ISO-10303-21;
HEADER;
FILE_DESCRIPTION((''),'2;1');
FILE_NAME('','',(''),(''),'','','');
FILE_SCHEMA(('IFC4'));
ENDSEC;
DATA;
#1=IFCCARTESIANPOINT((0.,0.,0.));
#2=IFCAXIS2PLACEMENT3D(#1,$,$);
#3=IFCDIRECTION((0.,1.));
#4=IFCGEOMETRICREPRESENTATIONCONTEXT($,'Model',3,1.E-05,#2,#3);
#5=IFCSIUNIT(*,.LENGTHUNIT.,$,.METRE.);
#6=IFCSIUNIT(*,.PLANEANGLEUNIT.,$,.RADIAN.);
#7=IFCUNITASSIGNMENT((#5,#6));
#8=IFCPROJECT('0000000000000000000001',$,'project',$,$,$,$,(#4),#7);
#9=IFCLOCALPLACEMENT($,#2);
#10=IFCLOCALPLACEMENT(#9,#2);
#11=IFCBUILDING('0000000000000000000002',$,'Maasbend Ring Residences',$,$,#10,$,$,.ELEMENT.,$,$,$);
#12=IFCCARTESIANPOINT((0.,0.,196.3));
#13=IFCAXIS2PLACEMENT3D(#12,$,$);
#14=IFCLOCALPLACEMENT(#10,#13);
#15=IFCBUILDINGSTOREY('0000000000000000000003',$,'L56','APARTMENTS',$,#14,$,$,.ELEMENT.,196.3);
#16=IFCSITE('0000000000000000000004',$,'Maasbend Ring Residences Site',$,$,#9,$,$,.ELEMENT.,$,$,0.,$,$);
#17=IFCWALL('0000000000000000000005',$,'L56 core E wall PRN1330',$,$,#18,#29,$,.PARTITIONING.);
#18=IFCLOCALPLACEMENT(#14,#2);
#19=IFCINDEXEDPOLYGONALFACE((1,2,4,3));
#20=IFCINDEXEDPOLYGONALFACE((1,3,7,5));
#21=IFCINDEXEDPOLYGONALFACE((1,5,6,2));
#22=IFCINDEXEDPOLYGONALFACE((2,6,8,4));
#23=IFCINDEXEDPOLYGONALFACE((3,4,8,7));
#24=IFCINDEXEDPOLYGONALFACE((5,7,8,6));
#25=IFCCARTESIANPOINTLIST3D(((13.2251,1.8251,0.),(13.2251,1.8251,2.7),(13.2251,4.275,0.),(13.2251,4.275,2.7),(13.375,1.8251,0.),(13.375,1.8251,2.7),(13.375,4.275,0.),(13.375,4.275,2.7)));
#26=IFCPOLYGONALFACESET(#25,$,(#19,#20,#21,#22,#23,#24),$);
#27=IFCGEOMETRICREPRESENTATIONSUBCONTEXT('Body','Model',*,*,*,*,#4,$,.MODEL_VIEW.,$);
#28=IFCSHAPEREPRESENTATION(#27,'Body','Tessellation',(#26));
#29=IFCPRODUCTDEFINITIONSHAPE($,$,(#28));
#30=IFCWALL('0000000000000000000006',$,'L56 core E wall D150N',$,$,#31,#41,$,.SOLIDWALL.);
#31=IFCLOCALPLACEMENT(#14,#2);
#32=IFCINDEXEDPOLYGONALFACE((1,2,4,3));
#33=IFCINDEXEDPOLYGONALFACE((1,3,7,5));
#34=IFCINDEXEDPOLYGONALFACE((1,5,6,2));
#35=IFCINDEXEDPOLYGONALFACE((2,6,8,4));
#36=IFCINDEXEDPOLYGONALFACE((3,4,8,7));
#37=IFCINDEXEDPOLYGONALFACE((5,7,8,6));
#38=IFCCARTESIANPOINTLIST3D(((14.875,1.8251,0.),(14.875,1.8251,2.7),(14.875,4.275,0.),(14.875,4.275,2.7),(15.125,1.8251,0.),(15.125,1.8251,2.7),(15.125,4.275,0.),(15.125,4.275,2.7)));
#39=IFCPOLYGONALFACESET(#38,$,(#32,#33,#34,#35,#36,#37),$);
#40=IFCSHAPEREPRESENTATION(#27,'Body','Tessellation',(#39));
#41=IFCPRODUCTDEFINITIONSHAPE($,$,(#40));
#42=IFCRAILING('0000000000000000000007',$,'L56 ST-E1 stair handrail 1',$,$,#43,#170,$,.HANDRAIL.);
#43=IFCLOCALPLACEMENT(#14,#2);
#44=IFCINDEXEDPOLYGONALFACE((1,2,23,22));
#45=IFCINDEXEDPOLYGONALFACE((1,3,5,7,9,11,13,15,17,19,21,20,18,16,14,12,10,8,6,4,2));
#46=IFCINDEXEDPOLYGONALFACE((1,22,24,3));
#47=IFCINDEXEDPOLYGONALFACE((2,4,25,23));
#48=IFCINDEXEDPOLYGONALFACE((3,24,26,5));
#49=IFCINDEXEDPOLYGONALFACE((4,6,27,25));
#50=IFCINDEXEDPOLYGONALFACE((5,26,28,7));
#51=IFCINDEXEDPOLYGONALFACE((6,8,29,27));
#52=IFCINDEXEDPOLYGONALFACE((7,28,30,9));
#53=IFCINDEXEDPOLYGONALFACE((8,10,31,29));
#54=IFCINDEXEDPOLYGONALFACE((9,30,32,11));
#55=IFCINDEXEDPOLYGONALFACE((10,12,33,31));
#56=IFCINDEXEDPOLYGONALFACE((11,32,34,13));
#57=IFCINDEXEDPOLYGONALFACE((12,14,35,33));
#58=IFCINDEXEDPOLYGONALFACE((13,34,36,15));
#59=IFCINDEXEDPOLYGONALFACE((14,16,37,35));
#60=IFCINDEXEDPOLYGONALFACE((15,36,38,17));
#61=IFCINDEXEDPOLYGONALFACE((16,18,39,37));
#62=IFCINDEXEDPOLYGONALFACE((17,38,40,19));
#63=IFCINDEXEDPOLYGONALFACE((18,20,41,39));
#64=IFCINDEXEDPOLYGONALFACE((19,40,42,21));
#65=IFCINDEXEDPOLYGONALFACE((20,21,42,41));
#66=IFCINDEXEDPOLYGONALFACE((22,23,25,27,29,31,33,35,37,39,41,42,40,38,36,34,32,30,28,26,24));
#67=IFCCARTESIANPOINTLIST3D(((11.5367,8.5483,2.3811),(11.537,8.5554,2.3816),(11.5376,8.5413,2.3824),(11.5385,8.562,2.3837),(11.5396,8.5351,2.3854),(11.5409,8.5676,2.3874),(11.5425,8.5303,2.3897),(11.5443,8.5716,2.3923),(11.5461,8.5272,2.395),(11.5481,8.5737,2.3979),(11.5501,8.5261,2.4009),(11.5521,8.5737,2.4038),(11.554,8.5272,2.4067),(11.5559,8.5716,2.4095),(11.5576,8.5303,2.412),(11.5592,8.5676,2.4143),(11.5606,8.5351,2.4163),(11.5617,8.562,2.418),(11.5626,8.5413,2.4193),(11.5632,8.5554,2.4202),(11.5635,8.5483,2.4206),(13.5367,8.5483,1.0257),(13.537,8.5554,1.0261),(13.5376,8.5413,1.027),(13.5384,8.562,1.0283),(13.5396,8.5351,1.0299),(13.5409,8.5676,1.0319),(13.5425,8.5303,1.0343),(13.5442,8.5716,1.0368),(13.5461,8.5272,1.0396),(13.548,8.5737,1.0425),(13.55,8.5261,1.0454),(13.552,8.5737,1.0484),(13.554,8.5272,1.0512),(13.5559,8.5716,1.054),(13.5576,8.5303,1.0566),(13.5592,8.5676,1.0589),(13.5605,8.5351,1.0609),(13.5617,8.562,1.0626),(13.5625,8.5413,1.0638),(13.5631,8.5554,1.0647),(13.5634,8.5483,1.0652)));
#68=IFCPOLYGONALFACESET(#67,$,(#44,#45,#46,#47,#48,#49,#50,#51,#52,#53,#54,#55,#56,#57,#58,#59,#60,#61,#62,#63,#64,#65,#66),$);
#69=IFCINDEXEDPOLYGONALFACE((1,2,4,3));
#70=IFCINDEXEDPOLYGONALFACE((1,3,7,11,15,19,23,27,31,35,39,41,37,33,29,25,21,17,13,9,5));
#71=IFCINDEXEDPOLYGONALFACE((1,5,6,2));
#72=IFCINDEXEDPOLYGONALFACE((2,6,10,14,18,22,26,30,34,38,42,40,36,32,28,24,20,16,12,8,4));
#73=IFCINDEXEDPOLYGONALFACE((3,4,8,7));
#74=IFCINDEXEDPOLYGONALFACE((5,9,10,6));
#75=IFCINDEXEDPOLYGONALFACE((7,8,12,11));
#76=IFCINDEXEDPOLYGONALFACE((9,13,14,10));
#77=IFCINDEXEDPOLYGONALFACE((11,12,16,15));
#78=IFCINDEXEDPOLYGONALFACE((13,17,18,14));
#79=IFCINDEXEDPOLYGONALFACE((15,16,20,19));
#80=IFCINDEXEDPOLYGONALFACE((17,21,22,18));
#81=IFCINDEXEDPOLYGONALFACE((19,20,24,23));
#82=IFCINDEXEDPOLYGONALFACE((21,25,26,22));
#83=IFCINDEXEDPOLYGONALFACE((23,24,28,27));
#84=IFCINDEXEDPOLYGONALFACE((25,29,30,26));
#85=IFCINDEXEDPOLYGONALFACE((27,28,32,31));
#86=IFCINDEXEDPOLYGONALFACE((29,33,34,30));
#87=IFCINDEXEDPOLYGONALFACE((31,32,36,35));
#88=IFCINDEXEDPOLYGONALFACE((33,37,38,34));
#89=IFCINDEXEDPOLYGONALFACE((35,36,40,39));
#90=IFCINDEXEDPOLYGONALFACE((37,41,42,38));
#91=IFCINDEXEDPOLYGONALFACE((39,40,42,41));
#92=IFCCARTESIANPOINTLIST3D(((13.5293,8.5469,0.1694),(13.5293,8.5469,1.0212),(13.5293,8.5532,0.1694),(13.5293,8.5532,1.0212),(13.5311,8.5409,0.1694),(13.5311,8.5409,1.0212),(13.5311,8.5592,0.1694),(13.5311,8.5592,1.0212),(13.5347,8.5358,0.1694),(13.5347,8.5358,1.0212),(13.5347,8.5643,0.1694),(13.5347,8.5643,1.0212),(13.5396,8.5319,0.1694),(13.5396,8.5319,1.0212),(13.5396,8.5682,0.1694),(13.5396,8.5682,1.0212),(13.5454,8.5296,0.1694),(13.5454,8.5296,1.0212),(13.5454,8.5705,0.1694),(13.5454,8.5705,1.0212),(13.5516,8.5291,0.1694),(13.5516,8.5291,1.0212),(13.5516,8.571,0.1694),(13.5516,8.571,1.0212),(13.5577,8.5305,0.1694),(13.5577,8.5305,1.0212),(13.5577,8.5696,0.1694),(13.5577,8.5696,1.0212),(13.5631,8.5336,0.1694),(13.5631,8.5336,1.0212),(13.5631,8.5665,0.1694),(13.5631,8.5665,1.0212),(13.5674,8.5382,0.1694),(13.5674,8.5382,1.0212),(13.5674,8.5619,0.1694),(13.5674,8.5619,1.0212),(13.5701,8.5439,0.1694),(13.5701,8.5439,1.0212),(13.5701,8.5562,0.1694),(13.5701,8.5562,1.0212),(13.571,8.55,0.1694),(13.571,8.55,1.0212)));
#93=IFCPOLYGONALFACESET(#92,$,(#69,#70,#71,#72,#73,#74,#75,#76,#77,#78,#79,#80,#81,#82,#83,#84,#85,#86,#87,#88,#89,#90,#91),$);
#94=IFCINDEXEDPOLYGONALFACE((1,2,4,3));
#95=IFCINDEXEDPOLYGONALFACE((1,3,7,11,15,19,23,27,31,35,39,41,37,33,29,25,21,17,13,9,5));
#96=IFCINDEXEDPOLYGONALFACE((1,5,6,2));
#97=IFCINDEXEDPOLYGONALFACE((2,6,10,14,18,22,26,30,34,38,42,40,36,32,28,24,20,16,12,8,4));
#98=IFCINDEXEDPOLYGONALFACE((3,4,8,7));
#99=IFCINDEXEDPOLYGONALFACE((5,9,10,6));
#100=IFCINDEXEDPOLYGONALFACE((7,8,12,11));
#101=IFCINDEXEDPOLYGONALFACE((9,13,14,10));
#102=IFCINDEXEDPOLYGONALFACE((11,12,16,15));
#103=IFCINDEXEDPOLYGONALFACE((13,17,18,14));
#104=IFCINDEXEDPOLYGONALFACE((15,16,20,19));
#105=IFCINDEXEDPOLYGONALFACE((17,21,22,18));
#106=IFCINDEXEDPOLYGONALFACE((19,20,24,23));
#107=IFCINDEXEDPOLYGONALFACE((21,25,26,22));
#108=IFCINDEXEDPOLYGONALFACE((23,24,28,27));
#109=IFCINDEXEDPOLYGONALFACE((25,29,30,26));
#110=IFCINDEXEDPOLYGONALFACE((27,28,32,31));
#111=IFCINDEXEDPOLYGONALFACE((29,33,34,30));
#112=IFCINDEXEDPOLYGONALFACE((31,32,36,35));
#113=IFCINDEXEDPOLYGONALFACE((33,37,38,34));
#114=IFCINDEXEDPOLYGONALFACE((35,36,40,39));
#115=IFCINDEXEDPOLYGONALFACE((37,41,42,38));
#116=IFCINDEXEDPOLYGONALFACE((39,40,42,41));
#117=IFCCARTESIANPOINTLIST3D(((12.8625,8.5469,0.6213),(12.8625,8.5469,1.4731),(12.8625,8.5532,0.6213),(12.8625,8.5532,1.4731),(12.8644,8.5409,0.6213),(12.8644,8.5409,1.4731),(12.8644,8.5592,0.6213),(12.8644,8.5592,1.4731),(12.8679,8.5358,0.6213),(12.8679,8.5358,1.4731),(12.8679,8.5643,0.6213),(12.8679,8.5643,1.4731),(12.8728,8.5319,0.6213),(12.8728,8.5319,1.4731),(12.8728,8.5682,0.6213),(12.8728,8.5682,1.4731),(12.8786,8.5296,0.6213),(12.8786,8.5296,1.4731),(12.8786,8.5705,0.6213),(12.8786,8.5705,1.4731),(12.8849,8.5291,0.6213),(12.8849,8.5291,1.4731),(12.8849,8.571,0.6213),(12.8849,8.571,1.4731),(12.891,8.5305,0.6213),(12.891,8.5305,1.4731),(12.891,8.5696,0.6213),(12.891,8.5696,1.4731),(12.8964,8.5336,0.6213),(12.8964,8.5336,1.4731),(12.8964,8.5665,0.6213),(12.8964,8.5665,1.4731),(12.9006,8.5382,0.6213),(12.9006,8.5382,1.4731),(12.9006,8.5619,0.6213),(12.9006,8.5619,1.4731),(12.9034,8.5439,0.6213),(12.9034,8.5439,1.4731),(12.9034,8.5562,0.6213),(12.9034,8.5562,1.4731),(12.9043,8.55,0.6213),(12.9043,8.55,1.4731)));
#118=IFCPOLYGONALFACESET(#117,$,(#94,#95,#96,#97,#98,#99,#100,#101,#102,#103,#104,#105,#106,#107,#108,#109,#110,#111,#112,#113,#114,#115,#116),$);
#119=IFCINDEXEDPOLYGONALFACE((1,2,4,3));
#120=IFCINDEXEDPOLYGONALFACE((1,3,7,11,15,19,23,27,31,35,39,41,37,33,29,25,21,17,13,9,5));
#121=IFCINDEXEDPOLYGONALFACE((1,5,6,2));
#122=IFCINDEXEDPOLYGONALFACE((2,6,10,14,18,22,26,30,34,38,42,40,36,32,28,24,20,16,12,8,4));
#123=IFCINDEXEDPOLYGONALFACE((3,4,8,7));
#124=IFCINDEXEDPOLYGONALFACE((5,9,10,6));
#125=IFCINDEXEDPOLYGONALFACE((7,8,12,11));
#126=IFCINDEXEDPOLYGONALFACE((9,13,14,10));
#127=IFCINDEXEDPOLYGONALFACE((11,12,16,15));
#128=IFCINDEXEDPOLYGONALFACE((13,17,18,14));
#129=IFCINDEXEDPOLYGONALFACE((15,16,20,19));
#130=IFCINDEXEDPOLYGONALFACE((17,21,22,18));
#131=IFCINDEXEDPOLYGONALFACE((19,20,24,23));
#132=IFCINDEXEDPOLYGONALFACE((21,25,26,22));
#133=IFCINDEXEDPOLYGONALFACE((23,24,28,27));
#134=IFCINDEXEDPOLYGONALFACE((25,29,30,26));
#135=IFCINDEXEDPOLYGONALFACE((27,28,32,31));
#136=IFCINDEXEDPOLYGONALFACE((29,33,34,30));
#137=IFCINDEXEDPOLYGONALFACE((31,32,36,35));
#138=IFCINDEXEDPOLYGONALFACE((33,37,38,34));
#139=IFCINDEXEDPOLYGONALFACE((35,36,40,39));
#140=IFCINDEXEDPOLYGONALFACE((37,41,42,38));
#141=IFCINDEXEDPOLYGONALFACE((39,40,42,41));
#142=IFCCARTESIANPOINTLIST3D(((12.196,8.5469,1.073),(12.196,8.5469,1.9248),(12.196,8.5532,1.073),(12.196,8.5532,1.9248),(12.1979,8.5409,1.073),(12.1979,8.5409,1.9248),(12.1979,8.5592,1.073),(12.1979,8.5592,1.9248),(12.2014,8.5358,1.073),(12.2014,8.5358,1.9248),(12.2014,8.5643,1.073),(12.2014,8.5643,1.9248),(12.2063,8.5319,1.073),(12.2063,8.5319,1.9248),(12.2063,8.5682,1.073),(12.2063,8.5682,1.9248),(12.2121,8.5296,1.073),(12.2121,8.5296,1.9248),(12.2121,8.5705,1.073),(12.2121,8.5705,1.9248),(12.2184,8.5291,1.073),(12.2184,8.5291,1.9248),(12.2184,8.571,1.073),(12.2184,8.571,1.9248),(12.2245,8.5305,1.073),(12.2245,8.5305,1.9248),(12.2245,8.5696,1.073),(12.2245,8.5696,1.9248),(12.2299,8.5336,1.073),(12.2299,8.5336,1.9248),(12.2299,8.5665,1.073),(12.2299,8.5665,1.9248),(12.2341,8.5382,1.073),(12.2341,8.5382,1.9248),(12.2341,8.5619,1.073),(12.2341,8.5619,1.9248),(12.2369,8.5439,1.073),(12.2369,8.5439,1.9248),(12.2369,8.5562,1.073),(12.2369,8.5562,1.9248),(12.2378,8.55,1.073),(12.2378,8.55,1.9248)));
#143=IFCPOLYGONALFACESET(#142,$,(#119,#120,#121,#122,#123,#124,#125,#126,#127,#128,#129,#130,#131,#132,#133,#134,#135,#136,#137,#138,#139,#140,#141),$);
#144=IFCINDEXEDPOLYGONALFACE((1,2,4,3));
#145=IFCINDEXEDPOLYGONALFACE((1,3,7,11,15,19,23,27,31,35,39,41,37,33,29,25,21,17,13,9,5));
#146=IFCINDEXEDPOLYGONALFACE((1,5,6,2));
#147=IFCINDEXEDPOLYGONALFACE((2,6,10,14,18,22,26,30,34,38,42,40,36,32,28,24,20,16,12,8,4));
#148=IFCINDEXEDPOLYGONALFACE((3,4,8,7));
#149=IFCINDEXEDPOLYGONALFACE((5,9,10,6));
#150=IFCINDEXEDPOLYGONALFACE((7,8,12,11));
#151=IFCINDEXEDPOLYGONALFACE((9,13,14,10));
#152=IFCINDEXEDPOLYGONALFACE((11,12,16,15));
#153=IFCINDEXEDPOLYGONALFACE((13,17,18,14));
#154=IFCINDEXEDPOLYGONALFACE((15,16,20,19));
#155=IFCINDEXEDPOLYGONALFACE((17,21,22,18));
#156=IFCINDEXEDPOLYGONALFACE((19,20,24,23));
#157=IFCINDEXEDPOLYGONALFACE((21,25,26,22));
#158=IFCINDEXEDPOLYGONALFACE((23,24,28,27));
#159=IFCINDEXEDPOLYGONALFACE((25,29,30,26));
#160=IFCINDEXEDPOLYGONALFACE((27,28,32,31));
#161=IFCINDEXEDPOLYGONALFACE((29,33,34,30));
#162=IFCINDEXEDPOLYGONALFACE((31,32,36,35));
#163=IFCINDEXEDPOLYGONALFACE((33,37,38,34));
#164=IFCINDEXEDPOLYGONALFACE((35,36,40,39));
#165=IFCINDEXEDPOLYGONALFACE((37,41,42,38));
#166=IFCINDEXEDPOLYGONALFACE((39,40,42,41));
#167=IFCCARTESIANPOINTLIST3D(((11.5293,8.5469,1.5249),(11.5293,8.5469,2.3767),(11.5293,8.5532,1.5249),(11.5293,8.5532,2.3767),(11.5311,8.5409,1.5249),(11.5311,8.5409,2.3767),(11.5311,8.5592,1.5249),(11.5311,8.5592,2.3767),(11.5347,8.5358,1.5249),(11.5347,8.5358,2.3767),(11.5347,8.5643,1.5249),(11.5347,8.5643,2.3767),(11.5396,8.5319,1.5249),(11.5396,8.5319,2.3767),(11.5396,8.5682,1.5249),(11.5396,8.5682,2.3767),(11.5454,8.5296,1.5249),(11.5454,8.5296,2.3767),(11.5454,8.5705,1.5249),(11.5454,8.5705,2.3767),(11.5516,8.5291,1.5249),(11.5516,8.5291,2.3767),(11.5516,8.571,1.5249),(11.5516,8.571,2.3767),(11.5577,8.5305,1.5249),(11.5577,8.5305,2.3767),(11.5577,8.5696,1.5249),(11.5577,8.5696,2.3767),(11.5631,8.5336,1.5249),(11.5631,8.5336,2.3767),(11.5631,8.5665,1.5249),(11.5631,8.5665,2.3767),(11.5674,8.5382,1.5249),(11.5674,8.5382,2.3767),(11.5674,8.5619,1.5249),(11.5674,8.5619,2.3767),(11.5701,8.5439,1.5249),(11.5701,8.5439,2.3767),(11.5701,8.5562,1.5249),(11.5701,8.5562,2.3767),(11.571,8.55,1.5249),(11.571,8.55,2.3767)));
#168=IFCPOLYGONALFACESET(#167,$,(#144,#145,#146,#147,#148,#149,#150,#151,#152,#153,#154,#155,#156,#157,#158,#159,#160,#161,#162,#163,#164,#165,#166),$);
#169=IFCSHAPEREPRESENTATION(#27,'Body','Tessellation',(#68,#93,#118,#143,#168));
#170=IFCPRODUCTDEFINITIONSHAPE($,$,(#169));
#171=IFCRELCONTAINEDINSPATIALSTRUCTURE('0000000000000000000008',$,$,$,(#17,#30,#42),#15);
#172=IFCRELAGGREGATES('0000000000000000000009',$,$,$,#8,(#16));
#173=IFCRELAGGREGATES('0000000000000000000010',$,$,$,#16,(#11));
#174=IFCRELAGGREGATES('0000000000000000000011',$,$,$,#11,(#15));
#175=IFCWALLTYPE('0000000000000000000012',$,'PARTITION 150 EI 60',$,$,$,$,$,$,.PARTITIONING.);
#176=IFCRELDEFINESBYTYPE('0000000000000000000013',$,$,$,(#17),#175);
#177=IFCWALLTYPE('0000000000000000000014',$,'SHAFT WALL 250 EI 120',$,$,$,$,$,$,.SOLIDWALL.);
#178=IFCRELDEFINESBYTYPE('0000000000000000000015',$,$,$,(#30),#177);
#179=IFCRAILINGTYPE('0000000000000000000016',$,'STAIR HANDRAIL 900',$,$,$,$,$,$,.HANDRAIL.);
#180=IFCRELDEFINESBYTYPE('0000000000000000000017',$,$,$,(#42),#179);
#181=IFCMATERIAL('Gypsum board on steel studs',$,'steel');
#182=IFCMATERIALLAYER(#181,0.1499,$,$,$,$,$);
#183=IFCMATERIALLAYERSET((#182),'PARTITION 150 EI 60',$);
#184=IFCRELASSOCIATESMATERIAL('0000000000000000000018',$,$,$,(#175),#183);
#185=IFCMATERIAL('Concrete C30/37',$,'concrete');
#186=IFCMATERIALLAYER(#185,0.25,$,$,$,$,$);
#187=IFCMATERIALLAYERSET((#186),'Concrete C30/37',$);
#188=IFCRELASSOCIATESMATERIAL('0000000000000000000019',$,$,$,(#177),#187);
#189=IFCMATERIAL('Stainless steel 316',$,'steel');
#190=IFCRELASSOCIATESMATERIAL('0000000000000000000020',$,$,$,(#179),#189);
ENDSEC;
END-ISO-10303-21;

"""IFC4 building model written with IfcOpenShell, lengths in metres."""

from ifc_helpers import new_model, si_unit, direction, frame, frame_2d, origin, origin_2d, place, context, subcontext, project, spatial, rectangle, circle, extrude, material, layer, layer_set, type_object, element, save


model = new_model("IFC4")

# Units and contexts
model_context = context("Model", 3, precision=1e-05, world=origin(), true_north=direction((0.0, 1.0)))
body_context = subcontext(model_context, "Body", "Model", "MODEL_VIEW")
ifc_project = project(units=[si_unit("LENGTHUNIT", "METRE"), si_unit("PLANEANGLEUNIT", "RADIAN")], contexts=[model_context])

# Site, building, storey
site_placement = place(None, origin())
site = spatial("IfcSite", under=ifc_project, at=site_placement, Name="Maasbend Ring Residences Site", CompositionType="ELEMENT", RefElevation=0.0)
building_placement = place(site_placement, origin())
building = spatial("IfcBuilding", under=site, at=building_placement, Name="Maasbend Ring Residences", CompositionType="ELEMENT")
storey_placement = place(building_placement, frame((0.0, 0.0, 196.3)))
storey = spatial("IfcBuildingStorey", under=building, at=storey_placement, Name="L56", Description="APARTMENTS", CompositionType="ELEMENT", Elevation=196.3)

# Walls
ifc_material_1 = material(Name="Gypsum board on steel studs", Category="steel")
ifc_layer_1 = layer(ifc_material_1, 0.1499)
ifc_layer_set_1 = layer_set([ifc_layer_1], Name="PARTITION 150 EI 60")
wall_type_1 = type_object("IfcWallType", Name="PARTITION 150 EI 60", PredefinedType="PARTITIONING", material=ifc_layer_set_1)
wall_1_placement = place(storey_placement, frame((13.3, 1.825, 0.0), z_axis=(0.0, 0.0, 1.0), x_axis=(0.0, 1.0, 0.0)))
element("IfcWall", 1, at=wall_1_placement, inside=storey, type_object=wall_type_1, Name="L56 core E wall PRN1330", PredefinedType="PARTITIONING", context=body_context, shape_type="SweptSolid", body=[
    extrude(rectangle(XDim=2.45, YDim=0.1499, at=frame_2d((1.2251, 0.0))), origin(), (0.0, 0.0, 1.0), 2.7),
])
ifc_material_2 = material(Name="Concrete C30/37", Category="concrete")
ifc_layer_2 = layer(ifc_material_2, 0.25)
ifc_layer_set_2 = layer_set([ifc_layer_2], Name="Concrete C30/37")
wall_type_2 = type_object("IfcWallType", Name="SHAFT WALL 250 EI 120", PredefinedType="SOLIDWALL", material=ifc_layer_set_2)
wall_2_placement = place(storey_placement, frame((15.0, 1.825, 0.0), z_axis=(0.0, 0.0, 1.0), x_axis=(0.0, 1.0, 0.0)))
element("IfcWall", 2, at=wall_2_placement, inside=storey, type_object=wall_type_2, Name="L56 core E wall D150N", PredefinedType="SOLIDWALL", context=body_context, shape_type="SweptSolid", body=[
    extrude(rectangle(XDim=2.45, YDim=0.25, at=frame_2d((1.2251, 0.0))), origin(), (0.0, 0.0, 1.0), 2.7),
])

# Railing
ifc_material_3 = material(Name="Stainless steel 316", Category="steel")
railing_type_1 = type_object("IfcRailingType", Name="STAIR HANDRAIL 900", PredefinedType="HANDRAIL", material=ifc_material_3)
railing_1_placement = place(storey_placement, frame((13.55, 8.55, 0.1694)))
element("IfcRailing", 3, at=railing_1_placement, inside=storey, type_object=railing_type_1, Name="L56 ST-E1 stair handrail 1", PredefinedType="HANDRAIL", context=body_context, shape_type="SweptSolid", body=[
    extrude(circle(Radius=0.0239, at=origin_2d()), frame((0.0, 0.0, 0.876), z_axis=(-0.827798, 0.0, 0.561027), x_axis=(0.0, -1.0, 0.0)), (0.0, 0.0, 1.0), 2.416),
    extrude(circle(Radius=0.021, at=origin_2d()), origin(), (0.0, 0.0, 1.0), 0.8518),
    extrude(circle(Radius=0.021, at=origin_2d()), frame((-0.6667, 0.0, 0.4519)), (0.0, 0.0, 1.0), 0.8518),
    extrude(circle(Radius=0.021, at=origin_2d()), frame((-1.3333, 0.0, 0.9036)), (0.0, 0.0, 1.0), 0.8518),
    extrude(circle(Radius=0.021, at=origin_2d()), frame((-2.0, 0.0, 1.3555)), (0.0, 0.0, 1.0), 0.8518),
])

save(model, "model.ifc")
